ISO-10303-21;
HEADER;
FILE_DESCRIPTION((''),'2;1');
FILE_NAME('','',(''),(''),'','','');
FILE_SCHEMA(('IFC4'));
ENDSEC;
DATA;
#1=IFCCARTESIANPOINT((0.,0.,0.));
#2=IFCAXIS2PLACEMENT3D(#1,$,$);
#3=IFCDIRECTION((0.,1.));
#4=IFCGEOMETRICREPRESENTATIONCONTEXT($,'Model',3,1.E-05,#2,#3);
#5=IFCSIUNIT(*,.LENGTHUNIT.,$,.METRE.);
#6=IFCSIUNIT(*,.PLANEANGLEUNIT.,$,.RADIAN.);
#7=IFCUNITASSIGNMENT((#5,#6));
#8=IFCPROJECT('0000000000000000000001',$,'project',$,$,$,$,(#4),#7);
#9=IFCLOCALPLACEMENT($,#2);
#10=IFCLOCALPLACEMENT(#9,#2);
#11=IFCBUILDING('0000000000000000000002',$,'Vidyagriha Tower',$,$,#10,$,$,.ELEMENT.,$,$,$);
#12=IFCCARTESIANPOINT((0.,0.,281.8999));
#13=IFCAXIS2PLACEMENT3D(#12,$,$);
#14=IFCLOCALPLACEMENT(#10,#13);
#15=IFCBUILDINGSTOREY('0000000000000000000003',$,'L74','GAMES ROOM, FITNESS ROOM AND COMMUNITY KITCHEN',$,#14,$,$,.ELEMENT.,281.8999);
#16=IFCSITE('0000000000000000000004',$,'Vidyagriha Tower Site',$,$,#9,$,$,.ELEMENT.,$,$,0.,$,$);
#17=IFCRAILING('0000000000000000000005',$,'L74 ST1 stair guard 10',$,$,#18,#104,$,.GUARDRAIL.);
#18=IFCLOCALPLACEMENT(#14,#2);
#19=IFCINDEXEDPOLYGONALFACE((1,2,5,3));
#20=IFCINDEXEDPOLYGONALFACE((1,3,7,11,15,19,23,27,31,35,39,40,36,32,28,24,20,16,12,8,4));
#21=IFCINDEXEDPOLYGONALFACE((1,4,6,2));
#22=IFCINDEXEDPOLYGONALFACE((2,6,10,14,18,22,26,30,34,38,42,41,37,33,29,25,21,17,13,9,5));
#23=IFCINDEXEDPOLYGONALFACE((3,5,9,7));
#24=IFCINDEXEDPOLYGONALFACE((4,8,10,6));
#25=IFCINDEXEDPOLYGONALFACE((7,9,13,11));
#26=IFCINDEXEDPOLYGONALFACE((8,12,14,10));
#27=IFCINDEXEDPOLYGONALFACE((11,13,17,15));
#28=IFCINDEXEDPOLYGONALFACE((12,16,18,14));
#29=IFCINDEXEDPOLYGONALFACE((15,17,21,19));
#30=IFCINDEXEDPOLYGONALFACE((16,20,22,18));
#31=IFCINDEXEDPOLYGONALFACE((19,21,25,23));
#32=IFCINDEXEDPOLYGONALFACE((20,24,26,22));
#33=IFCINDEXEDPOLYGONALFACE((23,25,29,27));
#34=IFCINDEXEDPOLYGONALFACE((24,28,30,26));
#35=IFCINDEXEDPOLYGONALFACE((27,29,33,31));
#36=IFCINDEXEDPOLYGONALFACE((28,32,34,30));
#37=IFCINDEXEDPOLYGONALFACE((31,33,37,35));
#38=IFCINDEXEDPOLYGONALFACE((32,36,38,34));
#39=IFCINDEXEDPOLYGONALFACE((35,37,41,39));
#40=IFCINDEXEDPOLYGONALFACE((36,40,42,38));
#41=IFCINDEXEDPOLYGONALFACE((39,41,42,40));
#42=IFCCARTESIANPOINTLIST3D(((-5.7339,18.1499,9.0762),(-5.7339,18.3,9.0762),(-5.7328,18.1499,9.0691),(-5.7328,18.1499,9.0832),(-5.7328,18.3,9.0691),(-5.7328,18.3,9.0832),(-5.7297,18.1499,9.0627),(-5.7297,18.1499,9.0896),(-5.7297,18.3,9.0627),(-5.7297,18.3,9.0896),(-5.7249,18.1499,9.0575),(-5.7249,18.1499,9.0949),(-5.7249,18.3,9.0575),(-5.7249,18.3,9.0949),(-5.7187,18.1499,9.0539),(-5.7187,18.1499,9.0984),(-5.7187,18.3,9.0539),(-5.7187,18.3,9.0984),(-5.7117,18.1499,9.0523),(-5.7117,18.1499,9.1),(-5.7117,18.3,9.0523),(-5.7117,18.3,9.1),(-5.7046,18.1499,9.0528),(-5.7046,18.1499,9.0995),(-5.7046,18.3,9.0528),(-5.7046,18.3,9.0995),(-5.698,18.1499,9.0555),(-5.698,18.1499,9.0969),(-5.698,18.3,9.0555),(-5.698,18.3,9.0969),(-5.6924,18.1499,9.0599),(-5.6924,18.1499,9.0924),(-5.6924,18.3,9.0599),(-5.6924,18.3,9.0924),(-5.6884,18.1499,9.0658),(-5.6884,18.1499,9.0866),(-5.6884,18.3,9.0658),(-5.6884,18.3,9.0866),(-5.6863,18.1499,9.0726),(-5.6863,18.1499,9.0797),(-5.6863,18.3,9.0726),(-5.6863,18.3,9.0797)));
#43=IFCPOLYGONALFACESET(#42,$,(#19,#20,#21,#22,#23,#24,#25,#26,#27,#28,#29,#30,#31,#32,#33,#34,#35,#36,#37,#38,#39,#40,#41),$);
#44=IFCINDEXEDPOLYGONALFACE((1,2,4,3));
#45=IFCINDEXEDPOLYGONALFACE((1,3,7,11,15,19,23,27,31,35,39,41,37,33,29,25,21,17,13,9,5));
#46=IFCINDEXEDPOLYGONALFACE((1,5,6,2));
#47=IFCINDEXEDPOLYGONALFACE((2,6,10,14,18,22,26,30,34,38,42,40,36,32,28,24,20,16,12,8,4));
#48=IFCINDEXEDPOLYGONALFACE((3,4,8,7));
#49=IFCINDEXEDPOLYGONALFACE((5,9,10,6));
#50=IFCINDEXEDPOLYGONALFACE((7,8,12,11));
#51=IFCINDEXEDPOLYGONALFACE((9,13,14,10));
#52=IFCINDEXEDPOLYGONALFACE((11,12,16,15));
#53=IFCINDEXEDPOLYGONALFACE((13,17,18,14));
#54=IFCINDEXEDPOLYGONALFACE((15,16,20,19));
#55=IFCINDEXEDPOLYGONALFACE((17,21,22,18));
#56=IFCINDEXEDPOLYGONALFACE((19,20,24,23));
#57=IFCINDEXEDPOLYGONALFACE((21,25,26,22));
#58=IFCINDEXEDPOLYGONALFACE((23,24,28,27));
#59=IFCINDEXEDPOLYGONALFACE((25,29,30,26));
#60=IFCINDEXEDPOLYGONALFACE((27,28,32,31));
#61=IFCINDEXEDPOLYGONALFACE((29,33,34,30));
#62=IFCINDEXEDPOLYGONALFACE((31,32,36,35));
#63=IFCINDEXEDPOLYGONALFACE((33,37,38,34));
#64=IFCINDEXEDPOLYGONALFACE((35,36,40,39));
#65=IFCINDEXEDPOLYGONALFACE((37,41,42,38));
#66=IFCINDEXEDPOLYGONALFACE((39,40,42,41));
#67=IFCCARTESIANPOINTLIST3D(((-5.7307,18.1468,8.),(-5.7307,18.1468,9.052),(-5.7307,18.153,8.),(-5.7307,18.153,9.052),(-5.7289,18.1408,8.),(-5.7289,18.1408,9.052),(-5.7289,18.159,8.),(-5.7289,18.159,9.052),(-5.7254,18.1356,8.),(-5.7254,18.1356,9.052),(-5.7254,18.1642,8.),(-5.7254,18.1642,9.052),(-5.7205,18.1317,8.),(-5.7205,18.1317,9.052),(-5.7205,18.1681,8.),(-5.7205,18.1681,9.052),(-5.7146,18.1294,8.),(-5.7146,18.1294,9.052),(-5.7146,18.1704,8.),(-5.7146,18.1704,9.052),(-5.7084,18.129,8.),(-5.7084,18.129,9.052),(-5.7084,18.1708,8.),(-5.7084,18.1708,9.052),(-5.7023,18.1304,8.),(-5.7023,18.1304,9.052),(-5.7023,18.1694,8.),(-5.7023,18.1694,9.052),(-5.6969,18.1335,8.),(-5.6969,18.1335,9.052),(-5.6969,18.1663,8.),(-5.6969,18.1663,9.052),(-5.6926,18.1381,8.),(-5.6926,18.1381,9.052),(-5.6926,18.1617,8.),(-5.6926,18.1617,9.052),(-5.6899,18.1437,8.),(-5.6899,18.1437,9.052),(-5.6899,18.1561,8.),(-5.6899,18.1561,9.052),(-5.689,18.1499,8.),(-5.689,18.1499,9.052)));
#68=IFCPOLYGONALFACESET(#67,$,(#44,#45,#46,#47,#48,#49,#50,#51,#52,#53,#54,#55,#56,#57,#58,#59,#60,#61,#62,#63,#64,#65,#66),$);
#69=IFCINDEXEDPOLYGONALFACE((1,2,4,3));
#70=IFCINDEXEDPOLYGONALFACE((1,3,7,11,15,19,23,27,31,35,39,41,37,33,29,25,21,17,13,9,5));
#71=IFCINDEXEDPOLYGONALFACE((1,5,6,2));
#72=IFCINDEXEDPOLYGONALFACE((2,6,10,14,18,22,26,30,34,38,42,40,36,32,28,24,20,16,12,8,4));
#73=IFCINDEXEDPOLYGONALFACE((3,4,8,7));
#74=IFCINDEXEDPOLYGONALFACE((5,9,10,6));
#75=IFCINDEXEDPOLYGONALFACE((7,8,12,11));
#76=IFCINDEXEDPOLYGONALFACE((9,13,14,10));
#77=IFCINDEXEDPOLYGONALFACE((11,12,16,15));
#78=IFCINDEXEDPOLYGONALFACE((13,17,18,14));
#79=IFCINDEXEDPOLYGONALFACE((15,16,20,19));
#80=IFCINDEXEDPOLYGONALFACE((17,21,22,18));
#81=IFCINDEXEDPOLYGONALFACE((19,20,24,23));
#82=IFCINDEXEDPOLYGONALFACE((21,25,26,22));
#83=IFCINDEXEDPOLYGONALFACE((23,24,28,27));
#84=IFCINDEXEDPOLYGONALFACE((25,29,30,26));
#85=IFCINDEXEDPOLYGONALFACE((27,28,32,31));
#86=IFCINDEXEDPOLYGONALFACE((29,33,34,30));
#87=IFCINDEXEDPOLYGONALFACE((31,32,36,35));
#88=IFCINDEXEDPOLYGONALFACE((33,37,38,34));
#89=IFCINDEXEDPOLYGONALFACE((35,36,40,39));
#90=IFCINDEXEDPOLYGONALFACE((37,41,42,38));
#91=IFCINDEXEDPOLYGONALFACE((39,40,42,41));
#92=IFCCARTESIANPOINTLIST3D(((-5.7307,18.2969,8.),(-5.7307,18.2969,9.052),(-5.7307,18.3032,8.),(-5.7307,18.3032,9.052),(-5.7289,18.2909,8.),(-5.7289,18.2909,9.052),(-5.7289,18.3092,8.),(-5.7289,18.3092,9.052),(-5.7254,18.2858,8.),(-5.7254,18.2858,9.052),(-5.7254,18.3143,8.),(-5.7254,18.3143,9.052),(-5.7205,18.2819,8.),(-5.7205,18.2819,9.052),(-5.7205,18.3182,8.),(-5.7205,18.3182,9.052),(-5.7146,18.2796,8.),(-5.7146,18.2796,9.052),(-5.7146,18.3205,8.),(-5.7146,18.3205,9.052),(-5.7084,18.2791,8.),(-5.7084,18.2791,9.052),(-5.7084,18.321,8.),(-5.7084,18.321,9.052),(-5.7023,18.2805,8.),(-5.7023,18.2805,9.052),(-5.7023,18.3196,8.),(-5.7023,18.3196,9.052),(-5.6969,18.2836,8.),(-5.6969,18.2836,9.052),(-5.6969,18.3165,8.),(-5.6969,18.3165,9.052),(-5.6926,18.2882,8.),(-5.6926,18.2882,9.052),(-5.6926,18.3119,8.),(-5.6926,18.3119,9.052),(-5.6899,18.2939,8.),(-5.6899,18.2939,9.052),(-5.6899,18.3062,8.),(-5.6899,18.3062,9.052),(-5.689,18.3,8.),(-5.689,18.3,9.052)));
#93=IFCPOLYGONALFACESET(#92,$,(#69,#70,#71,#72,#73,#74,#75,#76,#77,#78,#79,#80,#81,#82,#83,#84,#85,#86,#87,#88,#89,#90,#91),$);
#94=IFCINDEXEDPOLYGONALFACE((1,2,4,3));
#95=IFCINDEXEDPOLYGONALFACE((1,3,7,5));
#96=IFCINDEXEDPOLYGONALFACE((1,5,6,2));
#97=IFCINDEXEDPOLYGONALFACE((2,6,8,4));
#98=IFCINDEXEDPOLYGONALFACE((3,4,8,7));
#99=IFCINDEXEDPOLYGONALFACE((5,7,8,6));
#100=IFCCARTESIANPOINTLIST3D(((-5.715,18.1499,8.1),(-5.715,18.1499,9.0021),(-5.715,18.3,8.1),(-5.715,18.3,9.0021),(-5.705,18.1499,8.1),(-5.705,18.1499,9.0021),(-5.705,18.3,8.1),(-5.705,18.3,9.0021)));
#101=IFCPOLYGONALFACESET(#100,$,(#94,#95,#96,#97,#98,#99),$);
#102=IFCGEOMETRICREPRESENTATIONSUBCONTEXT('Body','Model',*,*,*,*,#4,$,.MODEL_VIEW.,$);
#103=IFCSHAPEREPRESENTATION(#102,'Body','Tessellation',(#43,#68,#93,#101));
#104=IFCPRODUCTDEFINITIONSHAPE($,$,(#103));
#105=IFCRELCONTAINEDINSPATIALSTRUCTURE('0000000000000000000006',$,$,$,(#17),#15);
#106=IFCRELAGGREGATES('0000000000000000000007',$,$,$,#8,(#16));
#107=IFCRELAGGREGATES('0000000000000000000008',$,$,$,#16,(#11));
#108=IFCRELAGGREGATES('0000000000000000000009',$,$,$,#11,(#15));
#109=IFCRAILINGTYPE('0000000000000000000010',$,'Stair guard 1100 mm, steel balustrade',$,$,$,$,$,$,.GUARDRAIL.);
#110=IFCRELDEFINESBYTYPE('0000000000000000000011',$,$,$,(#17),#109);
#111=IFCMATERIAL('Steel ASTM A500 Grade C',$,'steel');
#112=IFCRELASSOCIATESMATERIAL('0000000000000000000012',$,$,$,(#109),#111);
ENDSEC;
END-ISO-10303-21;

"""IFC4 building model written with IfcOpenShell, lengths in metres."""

from ifc_helpers import new_model, si_unit, direction, frame, origin, origin_2d, place, context, subcontext, project, spatial, rectangle, circle, extrude, material, type_object, element, save


model = new_model("IFC4")

# Units and contexts
model_context = context("Model", 3, precision=1e-05, world=origin(), true_north=direction((0.0, 1.0)))
body_context = subcontext(model_context, "Body", "Model", "MODEL_VIEW")
ifc_project = project(units=[si_unit("LENGTHUNIT", "METRE"), si_unit("PLANEANGLEUNIT", "RADIAN")], contexts=[model_context])

# Site, building, storey
site_placement = place(None, origin())
site = spatial("IfcSite", under=ifc_project, at=site_placement, Name="Vidyagriha Tower Site", CompositionType="ELEMENT", RefElevation=0.0)
building_placement = place(site_placement, origin())
building = spatial("IfcBuilding", under=site, at=building_placement, Name="Vidyagriha Tower", CompositionType="ELEMENT")
storey_placement = place(building_placement, frame((0.0, 0.0, 281.8999)))
storey = spatial("IfcBuildingStorey", under=building, at=storey_placement, Name="L74", Description="GAMES ROOM, FITNESS ROOM AND COMMUNITY KITCHEN", CompositionType="ELEMENT", Elevation=281.8999)

# Railing
ifc_material_1 = material(Name="Steel ASTM A500 Grade C", Category="steel")
railing_type_1 = type_object("IfcRailingType", Name="Stair guard 1100 mm, steel balustrade", PredefinedType="GUARDRAIL", material=ifc_material_1)
railing_1_placement = place(storey_placement, frame((-5.71, 18.1499, 8.0)))
element("IfcRailing", 1, at=railing_1_placement, inside=storey, type_object=railing_type_1, Name="L74 ST1 stair guard 10", PredefinedType="GUARDRAIL", context=body_context, shape_type="SweptSolid", body=[
    extrude(circle(Radius=0.0239, at=origin_2d()), frame((0.0, 0.0, 1.0762), z_axis=(0.0, 1.0, 0.0), x_axis=(-1.0, 0.0, 0.0)), (0.0, 0.0, 1.0), 0.1501),
    extrude(circle(Radius=0.021, at=origin_2d()), origin(), (0.0, 0.0, 1.0), 1.052),
    extrude(circle(Radius=0.021, at=origin_2d()), frame((0.0, 0.1501, 0.0)), (0.0, 0.0, 1.0), 1.052),
    extrude(rectangle(XDim=0.01, YDim=0.9021, at=origin_2d()), frame((0.0, 0.0, 0.551), z_axis=(0.0, 1.0, 0.0), x_axis=(-1.0, 0.0, 0.0)), (0.0, 0.0, 1.0), 0.1501),
])

save(model, "model.ifc")
